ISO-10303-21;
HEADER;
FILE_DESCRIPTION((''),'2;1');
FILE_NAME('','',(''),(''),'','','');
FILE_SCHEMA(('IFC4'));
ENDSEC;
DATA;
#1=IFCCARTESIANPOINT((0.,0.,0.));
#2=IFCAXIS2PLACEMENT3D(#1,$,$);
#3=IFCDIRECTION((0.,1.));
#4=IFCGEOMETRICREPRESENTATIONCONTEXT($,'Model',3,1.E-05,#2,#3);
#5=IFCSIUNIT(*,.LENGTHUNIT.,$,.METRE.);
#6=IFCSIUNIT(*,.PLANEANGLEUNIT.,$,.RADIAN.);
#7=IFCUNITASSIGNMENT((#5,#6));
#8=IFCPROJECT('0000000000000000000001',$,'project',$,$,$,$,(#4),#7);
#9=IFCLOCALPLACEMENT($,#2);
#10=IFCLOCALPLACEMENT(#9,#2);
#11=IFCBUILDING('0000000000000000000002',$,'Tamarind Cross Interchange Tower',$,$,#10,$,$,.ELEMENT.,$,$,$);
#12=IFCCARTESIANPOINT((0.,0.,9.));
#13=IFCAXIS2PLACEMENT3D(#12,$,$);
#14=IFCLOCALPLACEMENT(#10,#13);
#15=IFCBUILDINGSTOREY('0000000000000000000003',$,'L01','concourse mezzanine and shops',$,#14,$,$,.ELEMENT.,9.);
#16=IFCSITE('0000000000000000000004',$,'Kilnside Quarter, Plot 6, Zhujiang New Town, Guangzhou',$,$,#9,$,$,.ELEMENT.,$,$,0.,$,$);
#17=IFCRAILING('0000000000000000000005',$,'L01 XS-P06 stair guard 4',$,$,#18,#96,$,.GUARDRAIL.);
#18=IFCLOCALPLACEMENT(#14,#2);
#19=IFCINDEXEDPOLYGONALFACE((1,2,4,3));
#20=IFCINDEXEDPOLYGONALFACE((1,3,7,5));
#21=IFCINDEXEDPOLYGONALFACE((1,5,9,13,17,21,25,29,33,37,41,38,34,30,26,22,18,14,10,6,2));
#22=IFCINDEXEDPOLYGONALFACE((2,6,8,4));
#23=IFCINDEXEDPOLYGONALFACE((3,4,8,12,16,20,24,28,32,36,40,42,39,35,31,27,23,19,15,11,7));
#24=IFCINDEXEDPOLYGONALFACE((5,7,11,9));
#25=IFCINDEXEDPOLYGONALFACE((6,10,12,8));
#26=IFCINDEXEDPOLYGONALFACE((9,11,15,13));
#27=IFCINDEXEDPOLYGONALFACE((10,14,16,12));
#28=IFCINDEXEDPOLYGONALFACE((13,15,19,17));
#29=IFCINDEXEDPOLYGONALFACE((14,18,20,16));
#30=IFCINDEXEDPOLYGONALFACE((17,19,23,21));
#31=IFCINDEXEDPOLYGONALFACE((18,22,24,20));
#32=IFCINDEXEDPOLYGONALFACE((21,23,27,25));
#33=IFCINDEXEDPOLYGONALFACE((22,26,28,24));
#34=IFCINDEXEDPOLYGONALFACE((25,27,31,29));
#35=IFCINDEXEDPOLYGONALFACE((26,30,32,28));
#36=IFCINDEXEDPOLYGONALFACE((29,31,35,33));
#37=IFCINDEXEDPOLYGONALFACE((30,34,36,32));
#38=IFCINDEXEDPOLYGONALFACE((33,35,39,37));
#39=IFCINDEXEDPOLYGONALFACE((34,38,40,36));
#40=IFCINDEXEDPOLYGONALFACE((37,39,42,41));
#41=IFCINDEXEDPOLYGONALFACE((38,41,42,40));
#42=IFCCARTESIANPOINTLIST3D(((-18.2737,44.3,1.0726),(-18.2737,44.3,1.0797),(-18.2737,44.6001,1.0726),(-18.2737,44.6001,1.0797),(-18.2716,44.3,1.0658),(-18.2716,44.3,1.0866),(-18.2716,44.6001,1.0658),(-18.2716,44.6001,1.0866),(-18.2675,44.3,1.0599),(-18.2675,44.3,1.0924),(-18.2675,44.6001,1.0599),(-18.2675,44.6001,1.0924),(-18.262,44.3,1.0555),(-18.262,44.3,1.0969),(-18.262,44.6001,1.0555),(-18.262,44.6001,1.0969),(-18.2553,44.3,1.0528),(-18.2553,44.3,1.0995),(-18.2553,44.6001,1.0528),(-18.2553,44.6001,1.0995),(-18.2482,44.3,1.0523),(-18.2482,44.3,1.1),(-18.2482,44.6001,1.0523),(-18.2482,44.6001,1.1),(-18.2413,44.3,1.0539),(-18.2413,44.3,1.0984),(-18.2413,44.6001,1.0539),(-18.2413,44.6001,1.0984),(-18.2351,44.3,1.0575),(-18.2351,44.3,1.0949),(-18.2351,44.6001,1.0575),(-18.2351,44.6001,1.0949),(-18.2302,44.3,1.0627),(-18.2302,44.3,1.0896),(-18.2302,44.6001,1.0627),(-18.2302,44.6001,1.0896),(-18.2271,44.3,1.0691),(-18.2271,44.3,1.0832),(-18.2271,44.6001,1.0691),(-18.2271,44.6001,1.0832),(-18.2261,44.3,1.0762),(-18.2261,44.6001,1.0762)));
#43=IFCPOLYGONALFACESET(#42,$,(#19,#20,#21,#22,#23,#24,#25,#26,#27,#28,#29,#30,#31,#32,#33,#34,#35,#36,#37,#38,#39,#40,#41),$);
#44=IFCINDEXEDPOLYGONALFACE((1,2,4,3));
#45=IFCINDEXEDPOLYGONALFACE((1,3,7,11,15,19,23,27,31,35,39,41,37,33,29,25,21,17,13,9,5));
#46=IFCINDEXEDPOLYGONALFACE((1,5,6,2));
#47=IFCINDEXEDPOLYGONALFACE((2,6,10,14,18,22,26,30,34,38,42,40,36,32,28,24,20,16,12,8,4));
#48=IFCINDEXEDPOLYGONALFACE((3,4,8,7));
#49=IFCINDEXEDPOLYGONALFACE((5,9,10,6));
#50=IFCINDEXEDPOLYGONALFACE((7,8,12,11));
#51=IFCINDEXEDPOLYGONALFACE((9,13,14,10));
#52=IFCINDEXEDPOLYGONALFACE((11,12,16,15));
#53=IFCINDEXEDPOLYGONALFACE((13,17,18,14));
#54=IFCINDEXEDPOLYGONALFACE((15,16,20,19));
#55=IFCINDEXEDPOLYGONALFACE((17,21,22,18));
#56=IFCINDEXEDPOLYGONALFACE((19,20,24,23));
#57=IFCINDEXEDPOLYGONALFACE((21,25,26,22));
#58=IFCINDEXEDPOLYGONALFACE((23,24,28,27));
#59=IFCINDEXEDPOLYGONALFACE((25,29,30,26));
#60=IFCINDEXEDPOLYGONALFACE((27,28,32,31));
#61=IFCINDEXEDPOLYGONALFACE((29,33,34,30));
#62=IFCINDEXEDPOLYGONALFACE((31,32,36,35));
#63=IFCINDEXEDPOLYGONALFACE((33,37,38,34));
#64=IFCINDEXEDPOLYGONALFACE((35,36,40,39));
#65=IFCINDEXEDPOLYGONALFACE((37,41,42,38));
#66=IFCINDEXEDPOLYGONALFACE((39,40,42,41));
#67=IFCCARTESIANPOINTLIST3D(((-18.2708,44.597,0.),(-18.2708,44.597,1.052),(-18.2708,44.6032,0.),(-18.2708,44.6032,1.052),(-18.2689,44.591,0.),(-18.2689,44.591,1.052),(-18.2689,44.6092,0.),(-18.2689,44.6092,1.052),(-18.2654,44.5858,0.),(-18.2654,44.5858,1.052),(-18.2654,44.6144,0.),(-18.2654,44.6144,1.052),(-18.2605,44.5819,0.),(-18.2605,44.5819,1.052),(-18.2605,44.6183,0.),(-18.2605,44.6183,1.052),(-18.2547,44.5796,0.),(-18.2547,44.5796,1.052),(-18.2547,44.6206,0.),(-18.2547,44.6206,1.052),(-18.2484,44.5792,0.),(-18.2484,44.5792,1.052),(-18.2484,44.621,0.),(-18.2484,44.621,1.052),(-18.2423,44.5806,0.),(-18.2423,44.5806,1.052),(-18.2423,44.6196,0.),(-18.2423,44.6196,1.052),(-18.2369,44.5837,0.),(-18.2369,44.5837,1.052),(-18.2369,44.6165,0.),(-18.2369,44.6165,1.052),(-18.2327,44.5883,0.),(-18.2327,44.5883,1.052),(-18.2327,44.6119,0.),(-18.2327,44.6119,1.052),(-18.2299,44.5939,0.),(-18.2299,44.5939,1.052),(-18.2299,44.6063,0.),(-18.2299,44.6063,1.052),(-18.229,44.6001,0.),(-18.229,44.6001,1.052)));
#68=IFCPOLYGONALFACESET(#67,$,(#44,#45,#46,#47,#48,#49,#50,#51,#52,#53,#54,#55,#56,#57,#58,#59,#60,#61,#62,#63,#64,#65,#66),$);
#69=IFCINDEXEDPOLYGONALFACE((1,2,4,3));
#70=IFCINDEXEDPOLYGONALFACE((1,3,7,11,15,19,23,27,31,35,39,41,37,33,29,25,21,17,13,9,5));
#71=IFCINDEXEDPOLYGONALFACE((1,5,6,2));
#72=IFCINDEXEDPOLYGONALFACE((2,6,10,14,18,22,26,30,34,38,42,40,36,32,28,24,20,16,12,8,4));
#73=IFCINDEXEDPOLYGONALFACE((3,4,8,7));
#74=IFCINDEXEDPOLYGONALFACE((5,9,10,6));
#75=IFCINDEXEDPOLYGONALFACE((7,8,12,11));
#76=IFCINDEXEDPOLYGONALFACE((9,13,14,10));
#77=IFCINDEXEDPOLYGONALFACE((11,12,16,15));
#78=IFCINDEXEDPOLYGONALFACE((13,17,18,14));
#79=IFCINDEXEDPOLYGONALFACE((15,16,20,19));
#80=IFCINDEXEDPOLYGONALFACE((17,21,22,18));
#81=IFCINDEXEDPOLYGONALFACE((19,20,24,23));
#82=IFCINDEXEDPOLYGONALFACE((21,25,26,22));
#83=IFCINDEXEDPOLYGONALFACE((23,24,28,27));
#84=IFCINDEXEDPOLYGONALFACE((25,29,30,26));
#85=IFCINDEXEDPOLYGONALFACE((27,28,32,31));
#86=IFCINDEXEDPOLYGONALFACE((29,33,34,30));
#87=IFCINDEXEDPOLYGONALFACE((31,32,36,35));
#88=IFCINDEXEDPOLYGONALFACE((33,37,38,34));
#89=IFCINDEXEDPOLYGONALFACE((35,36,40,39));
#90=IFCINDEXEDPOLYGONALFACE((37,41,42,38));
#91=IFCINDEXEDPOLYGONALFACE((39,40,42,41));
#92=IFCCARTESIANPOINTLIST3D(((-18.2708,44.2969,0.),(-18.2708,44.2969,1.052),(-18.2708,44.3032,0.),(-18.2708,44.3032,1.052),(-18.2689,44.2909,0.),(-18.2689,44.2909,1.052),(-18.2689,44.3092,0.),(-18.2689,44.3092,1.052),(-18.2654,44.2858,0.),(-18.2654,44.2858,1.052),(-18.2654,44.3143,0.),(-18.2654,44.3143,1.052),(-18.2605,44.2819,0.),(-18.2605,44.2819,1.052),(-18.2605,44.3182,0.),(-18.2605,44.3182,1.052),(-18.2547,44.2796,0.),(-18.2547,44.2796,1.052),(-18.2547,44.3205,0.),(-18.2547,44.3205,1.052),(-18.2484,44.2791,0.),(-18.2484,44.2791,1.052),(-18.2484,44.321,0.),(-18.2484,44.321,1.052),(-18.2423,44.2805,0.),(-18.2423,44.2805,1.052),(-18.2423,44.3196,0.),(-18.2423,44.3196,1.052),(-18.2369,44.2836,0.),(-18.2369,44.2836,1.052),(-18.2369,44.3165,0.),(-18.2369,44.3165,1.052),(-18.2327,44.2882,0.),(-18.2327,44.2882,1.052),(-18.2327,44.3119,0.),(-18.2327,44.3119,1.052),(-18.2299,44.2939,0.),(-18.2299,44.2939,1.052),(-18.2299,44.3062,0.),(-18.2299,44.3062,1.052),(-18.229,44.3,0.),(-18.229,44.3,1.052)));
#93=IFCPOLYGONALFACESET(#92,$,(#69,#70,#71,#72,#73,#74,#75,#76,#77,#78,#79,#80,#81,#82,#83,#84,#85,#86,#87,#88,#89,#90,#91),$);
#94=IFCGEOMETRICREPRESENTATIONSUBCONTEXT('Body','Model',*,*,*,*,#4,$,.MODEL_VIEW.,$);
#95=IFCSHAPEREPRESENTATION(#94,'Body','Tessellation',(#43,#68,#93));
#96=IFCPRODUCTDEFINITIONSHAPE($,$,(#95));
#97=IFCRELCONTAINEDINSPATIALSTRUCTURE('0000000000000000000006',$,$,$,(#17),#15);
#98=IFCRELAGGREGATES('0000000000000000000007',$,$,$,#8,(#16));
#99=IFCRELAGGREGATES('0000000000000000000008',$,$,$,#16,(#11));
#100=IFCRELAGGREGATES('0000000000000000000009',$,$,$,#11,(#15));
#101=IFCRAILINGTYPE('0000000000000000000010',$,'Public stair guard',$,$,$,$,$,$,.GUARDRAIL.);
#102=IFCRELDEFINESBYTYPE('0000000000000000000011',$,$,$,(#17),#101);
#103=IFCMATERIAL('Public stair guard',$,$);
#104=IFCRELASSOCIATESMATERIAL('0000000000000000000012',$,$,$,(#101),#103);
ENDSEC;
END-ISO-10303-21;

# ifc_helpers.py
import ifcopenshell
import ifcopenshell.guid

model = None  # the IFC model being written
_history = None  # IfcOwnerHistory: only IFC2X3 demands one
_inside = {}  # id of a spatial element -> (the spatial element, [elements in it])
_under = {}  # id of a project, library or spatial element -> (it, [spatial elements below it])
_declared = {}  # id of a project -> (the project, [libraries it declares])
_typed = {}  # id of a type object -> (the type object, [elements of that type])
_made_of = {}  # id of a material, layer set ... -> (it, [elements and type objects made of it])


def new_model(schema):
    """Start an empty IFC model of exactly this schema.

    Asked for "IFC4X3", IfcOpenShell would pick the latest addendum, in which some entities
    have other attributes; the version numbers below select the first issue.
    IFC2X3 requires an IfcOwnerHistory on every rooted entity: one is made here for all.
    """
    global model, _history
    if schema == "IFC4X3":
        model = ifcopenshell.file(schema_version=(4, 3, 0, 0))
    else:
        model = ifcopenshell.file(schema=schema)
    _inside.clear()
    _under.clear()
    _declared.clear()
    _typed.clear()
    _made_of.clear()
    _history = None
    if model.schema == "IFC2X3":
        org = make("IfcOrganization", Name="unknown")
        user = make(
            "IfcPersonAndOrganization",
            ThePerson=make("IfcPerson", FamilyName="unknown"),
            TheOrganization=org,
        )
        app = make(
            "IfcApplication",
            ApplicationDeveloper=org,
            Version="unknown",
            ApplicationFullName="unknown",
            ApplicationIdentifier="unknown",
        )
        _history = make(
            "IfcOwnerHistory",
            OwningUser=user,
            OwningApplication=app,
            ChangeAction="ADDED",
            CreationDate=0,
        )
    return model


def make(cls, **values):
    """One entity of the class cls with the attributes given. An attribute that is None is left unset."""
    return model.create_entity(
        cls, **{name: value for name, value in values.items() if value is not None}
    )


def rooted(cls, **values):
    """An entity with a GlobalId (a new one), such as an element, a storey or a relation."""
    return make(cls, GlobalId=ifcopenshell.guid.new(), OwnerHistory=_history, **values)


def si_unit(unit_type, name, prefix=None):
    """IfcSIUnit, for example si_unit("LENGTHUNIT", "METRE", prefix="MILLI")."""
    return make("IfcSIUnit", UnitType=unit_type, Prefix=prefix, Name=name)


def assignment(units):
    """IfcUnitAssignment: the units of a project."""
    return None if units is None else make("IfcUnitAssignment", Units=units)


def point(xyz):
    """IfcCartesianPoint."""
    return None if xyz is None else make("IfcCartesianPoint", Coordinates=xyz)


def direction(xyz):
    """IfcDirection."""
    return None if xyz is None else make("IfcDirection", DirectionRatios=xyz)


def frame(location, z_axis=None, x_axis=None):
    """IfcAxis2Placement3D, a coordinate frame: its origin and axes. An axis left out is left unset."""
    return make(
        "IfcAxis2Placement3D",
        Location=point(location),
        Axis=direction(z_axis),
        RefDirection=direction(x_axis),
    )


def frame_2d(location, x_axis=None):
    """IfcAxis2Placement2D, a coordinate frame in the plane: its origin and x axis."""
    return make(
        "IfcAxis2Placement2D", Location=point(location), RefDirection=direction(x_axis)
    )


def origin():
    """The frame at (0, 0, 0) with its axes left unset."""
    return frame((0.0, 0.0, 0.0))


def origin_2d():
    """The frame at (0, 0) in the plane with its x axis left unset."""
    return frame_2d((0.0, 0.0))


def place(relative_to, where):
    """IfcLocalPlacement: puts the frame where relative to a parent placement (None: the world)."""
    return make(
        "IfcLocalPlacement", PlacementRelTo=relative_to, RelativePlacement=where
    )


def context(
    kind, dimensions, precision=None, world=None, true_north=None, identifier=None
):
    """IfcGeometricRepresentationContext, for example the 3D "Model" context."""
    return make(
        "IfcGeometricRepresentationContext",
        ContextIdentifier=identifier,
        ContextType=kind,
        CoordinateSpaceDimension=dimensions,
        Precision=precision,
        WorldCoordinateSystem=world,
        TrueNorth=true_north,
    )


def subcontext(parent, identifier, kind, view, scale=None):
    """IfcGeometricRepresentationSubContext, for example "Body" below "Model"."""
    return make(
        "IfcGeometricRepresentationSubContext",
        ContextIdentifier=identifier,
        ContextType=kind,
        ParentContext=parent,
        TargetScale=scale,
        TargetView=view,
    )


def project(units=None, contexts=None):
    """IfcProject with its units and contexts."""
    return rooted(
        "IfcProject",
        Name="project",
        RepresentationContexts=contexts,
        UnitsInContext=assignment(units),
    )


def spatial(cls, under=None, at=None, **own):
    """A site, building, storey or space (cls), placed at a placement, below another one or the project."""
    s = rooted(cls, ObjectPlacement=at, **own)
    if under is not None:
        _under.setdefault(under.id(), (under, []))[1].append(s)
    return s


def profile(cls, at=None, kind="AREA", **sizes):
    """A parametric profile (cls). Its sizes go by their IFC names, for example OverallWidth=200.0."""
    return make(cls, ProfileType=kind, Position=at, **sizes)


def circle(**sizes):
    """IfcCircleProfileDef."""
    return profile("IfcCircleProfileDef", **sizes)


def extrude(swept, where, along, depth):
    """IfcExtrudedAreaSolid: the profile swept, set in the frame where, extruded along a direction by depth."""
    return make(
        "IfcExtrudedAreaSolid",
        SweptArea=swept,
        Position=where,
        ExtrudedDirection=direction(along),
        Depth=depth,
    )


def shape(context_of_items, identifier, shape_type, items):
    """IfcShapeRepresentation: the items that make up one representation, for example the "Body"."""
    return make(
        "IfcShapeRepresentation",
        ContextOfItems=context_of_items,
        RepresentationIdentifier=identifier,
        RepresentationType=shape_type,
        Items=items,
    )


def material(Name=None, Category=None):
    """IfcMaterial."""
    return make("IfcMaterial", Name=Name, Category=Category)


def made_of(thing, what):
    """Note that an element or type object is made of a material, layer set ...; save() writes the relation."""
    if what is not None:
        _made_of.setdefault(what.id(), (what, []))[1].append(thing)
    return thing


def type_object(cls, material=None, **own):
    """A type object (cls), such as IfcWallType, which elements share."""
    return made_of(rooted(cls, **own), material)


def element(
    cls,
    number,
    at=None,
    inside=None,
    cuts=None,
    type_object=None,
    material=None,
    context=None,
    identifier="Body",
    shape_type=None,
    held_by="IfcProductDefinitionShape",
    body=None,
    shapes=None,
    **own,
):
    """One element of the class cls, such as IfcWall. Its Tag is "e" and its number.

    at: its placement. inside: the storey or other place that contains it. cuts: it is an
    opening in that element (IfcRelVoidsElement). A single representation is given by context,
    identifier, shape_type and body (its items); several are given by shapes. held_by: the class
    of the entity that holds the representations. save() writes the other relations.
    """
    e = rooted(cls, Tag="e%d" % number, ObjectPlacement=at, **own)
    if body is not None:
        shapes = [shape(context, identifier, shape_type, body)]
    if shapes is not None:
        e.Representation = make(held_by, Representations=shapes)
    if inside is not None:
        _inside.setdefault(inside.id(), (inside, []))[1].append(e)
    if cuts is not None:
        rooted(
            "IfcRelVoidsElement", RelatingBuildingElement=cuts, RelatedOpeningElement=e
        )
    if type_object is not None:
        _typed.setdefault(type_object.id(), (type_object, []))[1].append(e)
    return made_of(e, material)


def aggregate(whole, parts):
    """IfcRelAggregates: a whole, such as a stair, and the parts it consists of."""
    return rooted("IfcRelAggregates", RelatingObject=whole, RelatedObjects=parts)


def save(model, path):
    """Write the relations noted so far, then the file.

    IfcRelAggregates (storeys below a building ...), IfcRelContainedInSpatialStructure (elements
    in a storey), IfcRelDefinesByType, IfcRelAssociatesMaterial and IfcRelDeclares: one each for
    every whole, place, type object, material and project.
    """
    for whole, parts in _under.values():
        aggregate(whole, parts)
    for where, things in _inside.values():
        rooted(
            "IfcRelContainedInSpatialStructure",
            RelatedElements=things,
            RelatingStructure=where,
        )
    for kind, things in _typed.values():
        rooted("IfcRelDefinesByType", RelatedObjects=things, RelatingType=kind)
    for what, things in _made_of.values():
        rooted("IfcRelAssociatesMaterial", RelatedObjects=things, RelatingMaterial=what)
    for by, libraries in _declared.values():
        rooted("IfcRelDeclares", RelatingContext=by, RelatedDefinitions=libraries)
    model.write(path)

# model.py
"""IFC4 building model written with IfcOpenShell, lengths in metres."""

from ifc_helpers import new_model, si_unit, direction, frame, origin, origin_2d, place, context, subcontext, project, spatial, circle, extrude, material, type_object, element, save


model = new_model("IFC4")

# Units and contexts
model_context = context("Model", 3, precision=1e-05, world=origin(), true_north=direction((0.0, 1.0)))
body_context = subcontext(model_context, "Body", "Model", "MODEL_VIEW")
ifc_project = project(units=[si_unit("LENGTHUNIT", "METRE"), si_unit("PLANEANGLEUNIT", "RADIAN")], contexts=[model_context])

# Site, building, storey
site_placement = place(None, origin())
site = spatial("IfcSite", under=ifc_project, at=site_placement, Name="Kilnside Quarter, Plot 6, Zhujiang New Town, Guangzhou", CompositionType="ELEMENT", RefElevation=0.0)
building_placement = place(site_placement, origin())
building = spatial("IfcBuilding", under=site, at=building_placement, Name="Tamarind Cross Interchange Tower", CompositionType="ELEMENT")
storey_placement = place(building_placement, frame((0.0, 0.0, 9.0)))
storey = spatial("IfcBuildingStorey", under=building, at=storey_placement, Name="L01", Description="concourse mezzanine and shops", CompositionType="ELEMENT", Elevation=9.0)

# Railing
ifc_material_1 = material(Name="Public stair guard")
railing_type_1 = type_object("IfcRailingType", Name="Public stair guard", PredefinedType="GUARDRAIL", material=ifc_material_1)
railing_1_placement = place(storey_placement, frame((-18.25, 44.6001, 0.0)))
element("IfcRailing", 1, at=railing_1_placement, inside=storey, type_object=railing_type_1, Name="L01 XS-P06 stair guard 4", PredefinedType="GUARDRAIL", context=body_context, shape_type="SweptSolid", body=[
    extrude(circle(Radius=0.0239, at=origin_2d()), frame((0.0, 0.0, 1.0762), z_axis=(0.0, -1.0, 0.0), x_axis=(1.0, 0.0, 0.0)), (0.0, 0.0, 1.0), 0.3),
    extrude(circle(Radius=0.021, at=origin_2d()), origin(), (0.0, 0.0, 1.0), 1.052),
    extrude(circle(Radius=0.021, at=origin_2d()), frame((0.0, -0.3, 0.0)), (0.0, 0.0, 1.0), 1.052),
])

save(model, "model.ifc")
